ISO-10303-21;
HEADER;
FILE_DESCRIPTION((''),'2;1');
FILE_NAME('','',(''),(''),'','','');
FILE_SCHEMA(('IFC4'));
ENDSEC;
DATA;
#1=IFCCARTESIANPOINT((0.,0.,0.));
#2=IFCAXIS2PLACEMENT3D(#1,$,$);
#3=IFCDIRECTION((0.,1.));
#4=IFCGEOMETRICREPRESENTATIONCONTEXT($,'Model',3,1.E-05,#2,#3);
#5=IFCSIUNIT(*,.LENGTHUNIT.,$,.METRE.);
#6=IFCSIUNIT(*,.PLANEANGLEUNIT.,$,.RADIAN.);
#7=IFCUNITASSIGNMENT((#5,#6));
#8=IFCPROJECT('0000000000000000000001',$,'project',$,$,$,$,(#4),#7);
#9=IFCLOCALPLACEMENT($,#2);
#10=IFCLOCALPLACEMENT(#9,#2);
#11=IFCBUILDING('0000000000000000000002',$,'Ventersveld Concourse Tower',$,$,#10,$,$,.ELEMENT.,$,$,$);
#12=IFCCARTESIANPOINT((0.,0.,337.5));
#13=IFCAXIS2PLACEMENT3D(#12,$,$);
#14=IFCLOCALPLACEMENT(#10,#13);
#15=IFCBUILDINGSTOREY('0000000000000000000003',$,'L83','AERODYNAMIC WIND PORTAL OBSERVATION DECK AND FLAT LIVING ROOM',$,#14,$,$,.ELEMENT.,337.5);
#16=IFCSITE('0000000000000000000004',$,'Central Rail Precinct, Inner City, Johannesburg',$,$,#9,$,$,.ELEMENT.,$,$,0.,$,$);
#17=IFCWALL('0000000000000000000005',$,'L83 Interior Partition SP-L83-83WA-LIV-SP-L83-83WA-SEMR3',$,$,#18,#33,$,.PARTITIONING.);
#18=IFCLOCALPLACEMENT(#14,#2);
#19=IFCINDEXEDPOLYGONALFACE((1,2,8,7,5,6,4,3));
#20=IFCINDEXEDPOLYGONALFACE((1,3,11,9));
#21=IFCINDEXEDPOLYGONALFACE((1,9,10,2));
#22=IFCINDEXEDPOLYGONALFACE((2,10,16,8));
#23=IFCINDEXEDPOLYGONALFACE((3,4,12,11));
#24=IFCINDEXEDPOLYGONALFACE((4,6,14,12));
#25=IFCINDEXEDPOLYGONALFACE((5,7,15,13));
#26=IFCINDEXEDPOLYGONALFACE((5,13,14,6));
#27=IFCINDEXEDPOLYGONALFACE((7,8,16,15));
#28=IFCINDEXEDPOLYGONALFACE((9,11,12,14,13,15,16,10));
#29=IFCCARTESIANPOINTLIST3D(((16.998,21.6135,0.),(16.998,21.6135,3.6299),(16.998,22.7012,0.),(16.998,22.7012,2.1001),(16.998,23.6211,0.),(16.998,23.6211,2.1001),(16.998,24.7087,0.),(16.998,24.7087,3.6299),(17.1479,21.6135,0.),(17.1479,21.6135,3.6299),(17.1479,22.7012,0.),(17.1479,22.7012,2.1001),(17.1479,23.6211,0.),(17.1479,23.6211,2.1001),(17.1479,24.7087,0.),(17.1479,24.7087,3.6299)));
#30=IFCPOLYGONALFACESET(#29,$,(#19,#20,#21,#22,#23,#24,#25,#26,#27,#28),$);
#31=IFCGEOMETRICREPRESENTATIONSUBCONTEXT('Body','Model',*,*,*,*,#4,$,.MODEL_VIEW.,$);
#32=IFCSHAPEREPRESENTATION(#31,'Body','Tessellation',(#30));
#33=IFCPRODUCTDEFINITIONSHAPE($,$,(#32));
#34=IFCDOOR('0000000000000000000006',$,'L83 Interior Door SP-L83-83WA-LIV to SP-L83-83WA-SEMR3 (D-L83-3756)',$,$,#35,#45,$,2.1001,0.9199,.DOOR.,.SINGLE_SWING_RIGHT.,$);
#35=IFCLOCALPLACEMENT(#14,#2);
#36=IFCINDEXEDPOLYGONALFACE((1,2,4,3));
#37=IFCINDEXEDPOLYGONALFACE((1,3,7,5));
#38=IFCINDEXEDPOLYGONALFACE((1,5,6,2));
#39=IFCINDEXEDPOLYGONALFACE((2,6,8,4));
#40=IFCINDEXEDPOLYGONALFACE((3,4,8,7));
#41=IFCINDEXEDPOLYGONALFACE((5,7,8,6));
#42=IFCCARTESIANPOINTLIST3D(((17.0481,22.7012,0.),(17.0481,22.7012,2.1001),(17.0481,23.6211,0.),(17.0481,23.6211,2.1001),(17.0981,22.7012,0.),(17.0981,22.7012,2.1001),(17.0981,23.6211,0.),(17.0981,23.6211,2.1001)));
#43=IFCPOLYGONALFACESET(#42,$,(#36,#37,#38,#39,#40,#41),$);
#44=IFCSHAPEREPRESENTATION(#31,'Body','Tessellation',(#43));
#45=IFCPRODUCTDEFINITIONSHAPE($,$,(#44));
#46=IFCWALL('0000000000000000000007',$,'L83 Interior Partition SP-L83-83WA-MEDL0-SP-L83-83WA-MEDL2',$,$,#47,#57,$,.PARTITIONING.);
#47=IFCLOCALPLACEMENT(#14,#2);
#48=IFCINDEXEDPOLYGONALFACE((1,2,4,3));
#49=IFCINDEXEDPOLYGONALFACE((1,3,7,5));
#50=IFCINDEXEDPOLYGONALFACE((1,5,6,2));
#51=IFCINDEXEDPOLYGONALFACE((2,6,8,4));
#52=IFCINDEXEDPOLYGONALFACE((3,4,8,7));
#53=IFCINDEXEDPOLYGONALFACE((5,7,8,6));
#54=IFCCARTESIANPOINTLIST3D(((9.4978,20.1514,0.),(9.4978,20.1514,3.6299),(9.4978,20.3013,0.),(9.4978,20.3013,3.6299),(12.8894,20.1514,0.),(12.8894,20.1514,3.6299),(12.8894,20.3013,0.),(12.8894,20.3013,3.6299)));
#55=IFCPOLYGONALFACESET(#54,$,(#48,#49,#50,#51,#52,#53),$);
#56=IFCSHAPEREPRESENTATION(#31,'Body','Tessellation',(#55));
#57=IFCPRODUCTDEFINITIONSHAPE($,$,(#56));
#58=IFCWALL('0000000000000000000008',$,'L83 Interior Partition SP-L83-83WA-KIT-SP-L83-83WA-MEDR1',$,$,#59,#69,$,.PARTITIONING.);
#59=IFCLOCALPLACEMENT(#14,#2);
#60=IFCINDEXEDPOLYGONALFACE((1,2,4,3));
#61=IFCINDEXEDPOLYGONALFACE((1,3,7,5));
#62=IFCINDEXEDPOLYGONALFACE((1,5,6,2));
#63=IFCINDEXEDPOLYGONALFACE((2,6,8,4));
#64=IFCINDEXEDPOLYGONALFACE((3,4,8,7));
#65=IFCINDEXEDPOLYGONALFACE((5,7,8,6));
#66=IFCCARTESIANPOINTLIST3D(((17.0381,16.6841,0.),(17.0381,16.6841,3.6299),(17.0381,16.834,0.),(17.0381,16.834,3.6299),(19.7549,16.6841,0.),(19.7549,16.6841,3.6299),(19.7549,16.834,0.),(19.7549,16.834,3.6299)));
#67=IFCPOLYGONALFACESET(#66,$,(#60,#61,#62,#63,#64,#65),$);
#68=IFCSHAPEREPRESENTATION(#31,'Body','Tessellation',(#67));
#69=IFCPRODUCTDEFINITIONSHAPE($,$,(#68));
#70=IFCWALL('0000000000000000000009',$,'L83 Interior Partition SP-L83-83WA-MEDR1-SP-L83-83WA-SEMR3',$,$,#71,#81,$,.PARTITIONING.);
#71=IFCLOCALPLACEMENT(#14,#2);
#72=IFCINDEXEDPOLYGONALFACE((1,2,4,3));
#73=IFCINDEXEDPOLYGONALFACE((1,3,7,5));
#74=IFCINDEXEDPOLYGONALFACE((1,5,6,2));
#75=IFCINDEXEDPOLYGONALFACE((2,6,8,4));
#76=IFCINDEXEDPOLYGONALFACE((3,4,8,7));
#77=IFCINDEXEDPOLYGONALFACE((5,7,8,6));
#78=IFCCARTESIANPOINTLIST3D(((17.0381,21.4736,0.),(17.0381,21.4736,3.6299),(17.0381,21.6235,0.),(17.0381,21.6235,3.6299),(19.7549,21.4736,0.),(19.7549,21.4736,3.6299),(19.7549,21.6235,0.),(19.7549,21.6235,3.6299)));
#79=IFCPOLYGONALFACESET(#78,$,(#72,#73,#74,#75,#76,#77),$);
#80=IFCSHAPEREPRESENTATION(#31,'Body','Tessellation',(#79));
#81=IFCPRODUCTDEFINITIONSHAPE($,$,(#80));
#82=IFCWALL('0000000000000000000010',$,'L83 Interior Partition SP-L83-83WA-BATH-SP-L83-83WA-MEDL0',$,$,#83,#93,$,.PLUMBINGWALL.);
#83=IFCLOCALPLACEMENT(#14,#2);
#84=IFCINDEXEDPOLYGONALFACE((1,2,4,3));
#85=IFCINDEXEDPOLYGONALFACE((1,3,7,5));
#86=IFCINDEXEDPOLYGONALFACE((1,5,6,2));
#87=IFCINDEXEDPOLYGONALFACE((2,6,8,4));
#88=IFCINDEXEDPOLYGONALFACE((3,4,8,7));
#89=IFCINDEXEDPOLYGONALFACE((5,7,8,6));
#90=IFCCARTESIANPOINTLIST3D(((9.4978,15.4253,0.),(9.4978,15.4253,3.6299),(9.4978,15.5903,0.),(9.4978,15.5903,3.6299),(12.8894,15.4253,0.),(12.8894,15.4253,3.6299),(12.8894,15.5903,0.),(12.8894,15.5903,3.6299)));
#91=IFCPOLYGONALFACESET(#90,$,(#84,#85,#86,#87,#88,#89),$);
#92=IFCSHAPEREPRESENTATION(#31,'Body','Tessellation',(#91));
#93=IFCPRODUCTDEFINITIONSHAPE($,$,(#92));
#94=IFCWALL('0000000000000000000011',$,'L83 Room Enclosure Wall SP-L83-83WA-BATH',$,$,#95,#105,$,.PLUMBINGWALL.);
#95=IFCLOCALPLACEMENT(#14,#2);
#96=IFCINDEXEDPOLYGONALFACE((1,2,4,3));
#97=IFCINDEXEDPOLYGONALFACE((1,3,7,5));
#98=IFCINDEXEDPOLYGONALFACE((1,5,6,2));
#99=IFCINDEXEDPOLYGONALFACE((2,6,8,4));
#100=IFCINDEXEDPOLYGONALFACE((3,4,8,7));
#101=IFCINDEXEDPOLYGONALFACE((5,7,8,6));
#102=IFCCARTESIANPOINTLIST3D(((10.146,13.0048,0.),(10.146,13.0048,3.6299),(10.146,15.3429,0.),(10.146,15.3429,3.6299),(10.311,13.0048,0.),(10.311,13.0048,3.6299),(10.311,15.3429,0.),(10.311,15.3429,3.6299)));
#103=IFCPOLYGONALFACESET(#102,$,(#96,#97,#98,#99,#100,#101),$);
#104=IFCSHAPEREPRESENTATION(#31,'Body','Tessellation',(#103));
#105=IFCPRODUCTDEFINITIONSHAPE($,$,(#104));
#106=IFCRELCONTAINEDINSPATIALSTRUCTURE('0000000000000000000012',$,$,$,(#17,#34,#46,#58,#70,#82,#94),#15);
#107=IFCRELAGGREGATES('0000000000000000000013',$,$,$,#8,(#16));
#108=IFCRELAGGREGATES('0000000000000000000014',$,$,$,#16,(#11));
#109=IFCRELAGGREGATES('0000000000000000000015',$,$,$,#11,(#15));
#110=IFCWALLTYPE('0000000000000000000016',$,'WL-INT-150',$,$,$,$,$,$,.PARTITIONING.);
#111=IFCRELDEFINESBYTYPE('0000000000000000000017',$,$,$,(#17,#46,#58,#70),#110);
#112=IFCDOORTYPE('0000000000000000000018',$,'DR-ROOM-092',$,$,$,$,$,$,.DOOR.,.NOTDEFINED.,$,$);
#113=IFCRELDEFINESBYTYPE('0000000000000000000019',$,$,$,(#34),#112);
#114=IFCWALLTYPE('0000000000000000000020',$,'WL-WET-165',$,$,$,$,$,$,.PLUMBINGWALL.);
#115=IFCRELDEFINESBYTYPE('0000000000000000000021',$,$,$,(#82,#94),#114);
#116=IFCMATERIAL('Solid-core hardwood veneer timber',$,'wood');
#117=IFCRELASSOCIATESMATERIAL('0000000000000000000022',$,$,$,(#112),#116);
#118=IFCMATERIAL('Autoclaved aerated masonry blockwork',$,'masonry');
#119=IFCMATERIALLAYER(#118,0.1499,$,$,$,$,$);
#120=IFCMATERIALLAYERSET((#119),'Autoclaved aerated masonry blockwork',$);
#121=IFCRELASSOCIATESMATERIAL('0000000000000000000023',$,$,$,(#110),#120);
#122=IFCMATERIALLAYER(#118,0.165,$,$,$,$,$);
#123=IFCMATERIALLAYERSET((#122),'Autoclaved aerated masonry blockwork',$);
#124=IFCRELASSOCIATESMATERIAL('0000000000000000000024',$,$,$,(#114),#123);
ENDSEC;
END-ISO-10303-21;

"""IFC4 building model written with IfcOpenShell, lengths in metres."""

from ifc_helpers import new_model, si_unit, direction, frame, frame_2d, origin, place, context, subcontext, project, spatial, rectangle, extrude, material, layer, layer_set, type_object, element, fill, save


model = new_model("IFC4")

# Units and contexts
model_context = context("Model", 3, precision=1e-05, world=origin(), true_north=direction((0.0, 1.0)))
body_context = subcontext(model_context, "Body", "Model", "MODEL_VIEW")
ifc_project = project(units=[si_unit("LENGTHUNIT", "METRE"), si_unit("PLANEANGLEUNIT", "RADIAN")], contexts=[model_context])

# Site, building, storey
site_placement = place(None, origin())
site = spatial("IfcSite", under=ifc_project, at=site_placement, Name="Central Rail Precinct, Inner City, Johannesburg", CompositionType="ELEMENT", RefElevation=0.0)
building_placement = place(site_placement, origin())
building = spatial("IfcBuilding", under=site, at=building_placement, Name="Ventersveld Concourse Tower", CompositionType="ELEMENT")
storey_placement = place(building_placement, frame((0.0, 0.0, 337.5)))
storey = spatial("IfcBuildingStorey", under=building, at=storey_placement, Name="L83", Description="AERODYNAMIC WIND PORTAL OBSERVATION DECK AND FLAT LIVING ROOM", CompositionType="ELEMENT", Elevation=337.5)

# Shared definitions
ifc_material_1 = material(Name="Solid-core hardwood veneer timber", Category="wood")

# Wall, opening, door
door_type_1 = type_object("IfcDoorType", Name="DR-ROOM-092", OperationType="NOTDEFINED", PredefinedType="DOOR", material=ifc_material_1)
ifc_material_2 = material(Name="Autoclaved aerated masonry blockwork", Category="masonry")
ifc_layer_1 = layer(ifc_material_2, 0.1499)
ifc_layer_set_1 = layer_set([ifc_layer_1], Name="Autoclaved aerated masonry blockwork")
wall_type_1 = type_object("IfcWallType", Name="WL-INT-150", PredefinedType="PARTITIONING", material=ifc_layer_set_1)
wall_1_placement = place(storey_placement, frame((17.073, 21.6135, 0.0), z_axis=(0.0, 0.0, 1.0), x_axis=(0.0, 1.0, 0.0)))
wall_1 = element("IfcWall", 1, at=wall_1_placement, inside=storey, type_object=wall_type_1, Name="L83 Interior Partition SP-L83-83WA-LIV-SP-L83-83WA-SEMR3", PredefinedType="PARTITIONING", context=body_context, shape_type="SweptSolid", body=[
    extrude(rectangle(XDim=3.0952, YDim=0.1499, at=frame_2d((1.5476, 0.0))), origin(), (0.0, 0.0, 1.0), 3.6299),
])
opening_1_placement = place(wall_1_placement, frame((1.0876, 0.0, 0.0)))
opening_1 = element("IfcOpeningElement", 2, at=opening_1_placement, cuts=wall_1, PredefinedType="OPENING", context=body_context, shape_type="SweptSolid", body=[
    extrude(rectangle(XDim=0.9199, YDim=2.1001, at=frame_2d((0.46, 1.05))), frame((0.0, 0.085, 0.0), z_axis=(0.0, -1.0, 0.0), x_axis=(1.0, 0.0, 0.0)), (0.0, 0.0, 1.0), 0.1699),
])
door_1_placement = place(opening_1_placement, origin())
door_1 = element("IfcDoor", 3, at=door_1_placement, inside=storey, type_object=door_type_1, Name="L83 Interior Door SP-L83-83WA-LIV to SP-L83-83WA-SEMR3 (D-L83-3756)", OperationType="SINGLE_SWING_RIGHT", OverallHeight=2.1001, OverallWidth=0.9199, PredefinedType="DOOR", context=body_context, shape_type="SweptSolid", body=[
    extrude(rectangle(XDim=0.9199, YDim=2.1001, at=frame_2d((0.46, 1.05))), frame((0.0, 0.0249, 0.0), z_axis=(0.0, -1.0, 0.0), x_axis=(1.0, 0.0, 0.0)), (0.0, 0.0, 1.0), 0.05),
])
fill(opening_1, door_1)

# Walls
wall_2_placement = place(storey_placement, frame((9.4978, 20.2263, 0.0), z_axis=(0.0, 0.0, 1.0), x_axis=(1.0, 0.0, 0.0)))
element("IfcWall", 4, at=wall_2_placement, inside=storey, type_object=wall_type_1, Name="L83 Interior Partition SP-L83-83WA-MEDL0-SP-L83-83WA-MEDL2", PredefinedType="PARTITIONING", context=body_context, shape_type="SweptSolid", body=[
    extrude(rectangle(XDim=3.3916, YDim=0.1499, at=frame_2d((1.6958, 0.0))), origin(), (0.0, 0.0, 1.0), 3.6299),
])
for number, where, z_axis, x_axis, name in (
    (5, (17.0381, 16.759, 0.0), (0.0, 0.0, 1.0), (1.0, 0.0, 0.0), "L83 Interior Partition SP-L83-83WA-KIT-SP-L83-83WA-MEDR1"),
    (6, (17.0381, 21.5486, 0.0), (0.0, 0.0, 1.0), (1.0, 0.0, 0.0), "L83 Interior Partition SP-L83-83WA-MEDR1-SP-L83-83WA-SEMR3"),
):
    element("IfcWall", number, at=place(storey_placement, frame(where, z_axis=z_axis, x_axis=x_axis)), inside=storey, type_object=wall_type_1, Name=name, PredefinedType="PARTITIONING", context=body_context, shape_type="SweptSolid", body=[
        extrude(rectangle(XDim=2.7168, YDim=0.1499, at=frame_2d((1.3584, 0.0))), origin(), (0.0, 0.0, 1.0), 3.6299),
    ])
ifc_layer_2 = layer(ifc_material_2, 0.165)
ifc_layer_set_2 = layer_set([ifc_layer_2], Name="Autoclaved aerated masonry blockwork")
wall_type_2 = type_object("IfcWallType", Name="WL-WET-165", PredefinedType="PLUMBINGWALL", material=ifc_layer_set_2)
wall_3_placement = place(storey_placement, frame((9.4978, 15.5078, 0.0), z_axis=(0.0, 0.0, 1.0), x_axis=(1.0, 0.0, 0.0)))
element("IfcWall", 7, at=wall_3_placement, inside=storey, type_object=wall_type_2, Name="L83 Interior Partition SP-L83-83WA-BATH-SP-L83-83WA-MEDL0", PredefinedType="PLUMBINGWALL", context=body_context, shape_type="SweptSolid", body=[
    extrude(rectangle(XDim=3.3916, YDim=0.165, at=frame_2d((1.6958, 0.0))), origin(), (0.0, 0.0, 1.0), 3.6299),
])
wall_4_placement = place(storey_placement, frame((10.2285, 13.0049, 0.0), z_axis=(0.0, 0.0, 1.0), x_axis=(0.0, 1.0, 0.0)))
element("IfcWall", 8, at=wall_4_placement, inside=storey, type_object=wall_type_2, Name="L83 Room Enclosure Wall SP-L83-83WA-BATH", PredefinedType="PLUMBINGWALL", context=body_context, shape_type="SweptSolid", body=[
    extrude(rectangle(XDim=2.3381, YDim=0.165, at=frame_2d((1.1689, 0.0))), origin(), (0.0, 0.0, 1.0), 3.6299),
])

save(model, "model.ifc")
